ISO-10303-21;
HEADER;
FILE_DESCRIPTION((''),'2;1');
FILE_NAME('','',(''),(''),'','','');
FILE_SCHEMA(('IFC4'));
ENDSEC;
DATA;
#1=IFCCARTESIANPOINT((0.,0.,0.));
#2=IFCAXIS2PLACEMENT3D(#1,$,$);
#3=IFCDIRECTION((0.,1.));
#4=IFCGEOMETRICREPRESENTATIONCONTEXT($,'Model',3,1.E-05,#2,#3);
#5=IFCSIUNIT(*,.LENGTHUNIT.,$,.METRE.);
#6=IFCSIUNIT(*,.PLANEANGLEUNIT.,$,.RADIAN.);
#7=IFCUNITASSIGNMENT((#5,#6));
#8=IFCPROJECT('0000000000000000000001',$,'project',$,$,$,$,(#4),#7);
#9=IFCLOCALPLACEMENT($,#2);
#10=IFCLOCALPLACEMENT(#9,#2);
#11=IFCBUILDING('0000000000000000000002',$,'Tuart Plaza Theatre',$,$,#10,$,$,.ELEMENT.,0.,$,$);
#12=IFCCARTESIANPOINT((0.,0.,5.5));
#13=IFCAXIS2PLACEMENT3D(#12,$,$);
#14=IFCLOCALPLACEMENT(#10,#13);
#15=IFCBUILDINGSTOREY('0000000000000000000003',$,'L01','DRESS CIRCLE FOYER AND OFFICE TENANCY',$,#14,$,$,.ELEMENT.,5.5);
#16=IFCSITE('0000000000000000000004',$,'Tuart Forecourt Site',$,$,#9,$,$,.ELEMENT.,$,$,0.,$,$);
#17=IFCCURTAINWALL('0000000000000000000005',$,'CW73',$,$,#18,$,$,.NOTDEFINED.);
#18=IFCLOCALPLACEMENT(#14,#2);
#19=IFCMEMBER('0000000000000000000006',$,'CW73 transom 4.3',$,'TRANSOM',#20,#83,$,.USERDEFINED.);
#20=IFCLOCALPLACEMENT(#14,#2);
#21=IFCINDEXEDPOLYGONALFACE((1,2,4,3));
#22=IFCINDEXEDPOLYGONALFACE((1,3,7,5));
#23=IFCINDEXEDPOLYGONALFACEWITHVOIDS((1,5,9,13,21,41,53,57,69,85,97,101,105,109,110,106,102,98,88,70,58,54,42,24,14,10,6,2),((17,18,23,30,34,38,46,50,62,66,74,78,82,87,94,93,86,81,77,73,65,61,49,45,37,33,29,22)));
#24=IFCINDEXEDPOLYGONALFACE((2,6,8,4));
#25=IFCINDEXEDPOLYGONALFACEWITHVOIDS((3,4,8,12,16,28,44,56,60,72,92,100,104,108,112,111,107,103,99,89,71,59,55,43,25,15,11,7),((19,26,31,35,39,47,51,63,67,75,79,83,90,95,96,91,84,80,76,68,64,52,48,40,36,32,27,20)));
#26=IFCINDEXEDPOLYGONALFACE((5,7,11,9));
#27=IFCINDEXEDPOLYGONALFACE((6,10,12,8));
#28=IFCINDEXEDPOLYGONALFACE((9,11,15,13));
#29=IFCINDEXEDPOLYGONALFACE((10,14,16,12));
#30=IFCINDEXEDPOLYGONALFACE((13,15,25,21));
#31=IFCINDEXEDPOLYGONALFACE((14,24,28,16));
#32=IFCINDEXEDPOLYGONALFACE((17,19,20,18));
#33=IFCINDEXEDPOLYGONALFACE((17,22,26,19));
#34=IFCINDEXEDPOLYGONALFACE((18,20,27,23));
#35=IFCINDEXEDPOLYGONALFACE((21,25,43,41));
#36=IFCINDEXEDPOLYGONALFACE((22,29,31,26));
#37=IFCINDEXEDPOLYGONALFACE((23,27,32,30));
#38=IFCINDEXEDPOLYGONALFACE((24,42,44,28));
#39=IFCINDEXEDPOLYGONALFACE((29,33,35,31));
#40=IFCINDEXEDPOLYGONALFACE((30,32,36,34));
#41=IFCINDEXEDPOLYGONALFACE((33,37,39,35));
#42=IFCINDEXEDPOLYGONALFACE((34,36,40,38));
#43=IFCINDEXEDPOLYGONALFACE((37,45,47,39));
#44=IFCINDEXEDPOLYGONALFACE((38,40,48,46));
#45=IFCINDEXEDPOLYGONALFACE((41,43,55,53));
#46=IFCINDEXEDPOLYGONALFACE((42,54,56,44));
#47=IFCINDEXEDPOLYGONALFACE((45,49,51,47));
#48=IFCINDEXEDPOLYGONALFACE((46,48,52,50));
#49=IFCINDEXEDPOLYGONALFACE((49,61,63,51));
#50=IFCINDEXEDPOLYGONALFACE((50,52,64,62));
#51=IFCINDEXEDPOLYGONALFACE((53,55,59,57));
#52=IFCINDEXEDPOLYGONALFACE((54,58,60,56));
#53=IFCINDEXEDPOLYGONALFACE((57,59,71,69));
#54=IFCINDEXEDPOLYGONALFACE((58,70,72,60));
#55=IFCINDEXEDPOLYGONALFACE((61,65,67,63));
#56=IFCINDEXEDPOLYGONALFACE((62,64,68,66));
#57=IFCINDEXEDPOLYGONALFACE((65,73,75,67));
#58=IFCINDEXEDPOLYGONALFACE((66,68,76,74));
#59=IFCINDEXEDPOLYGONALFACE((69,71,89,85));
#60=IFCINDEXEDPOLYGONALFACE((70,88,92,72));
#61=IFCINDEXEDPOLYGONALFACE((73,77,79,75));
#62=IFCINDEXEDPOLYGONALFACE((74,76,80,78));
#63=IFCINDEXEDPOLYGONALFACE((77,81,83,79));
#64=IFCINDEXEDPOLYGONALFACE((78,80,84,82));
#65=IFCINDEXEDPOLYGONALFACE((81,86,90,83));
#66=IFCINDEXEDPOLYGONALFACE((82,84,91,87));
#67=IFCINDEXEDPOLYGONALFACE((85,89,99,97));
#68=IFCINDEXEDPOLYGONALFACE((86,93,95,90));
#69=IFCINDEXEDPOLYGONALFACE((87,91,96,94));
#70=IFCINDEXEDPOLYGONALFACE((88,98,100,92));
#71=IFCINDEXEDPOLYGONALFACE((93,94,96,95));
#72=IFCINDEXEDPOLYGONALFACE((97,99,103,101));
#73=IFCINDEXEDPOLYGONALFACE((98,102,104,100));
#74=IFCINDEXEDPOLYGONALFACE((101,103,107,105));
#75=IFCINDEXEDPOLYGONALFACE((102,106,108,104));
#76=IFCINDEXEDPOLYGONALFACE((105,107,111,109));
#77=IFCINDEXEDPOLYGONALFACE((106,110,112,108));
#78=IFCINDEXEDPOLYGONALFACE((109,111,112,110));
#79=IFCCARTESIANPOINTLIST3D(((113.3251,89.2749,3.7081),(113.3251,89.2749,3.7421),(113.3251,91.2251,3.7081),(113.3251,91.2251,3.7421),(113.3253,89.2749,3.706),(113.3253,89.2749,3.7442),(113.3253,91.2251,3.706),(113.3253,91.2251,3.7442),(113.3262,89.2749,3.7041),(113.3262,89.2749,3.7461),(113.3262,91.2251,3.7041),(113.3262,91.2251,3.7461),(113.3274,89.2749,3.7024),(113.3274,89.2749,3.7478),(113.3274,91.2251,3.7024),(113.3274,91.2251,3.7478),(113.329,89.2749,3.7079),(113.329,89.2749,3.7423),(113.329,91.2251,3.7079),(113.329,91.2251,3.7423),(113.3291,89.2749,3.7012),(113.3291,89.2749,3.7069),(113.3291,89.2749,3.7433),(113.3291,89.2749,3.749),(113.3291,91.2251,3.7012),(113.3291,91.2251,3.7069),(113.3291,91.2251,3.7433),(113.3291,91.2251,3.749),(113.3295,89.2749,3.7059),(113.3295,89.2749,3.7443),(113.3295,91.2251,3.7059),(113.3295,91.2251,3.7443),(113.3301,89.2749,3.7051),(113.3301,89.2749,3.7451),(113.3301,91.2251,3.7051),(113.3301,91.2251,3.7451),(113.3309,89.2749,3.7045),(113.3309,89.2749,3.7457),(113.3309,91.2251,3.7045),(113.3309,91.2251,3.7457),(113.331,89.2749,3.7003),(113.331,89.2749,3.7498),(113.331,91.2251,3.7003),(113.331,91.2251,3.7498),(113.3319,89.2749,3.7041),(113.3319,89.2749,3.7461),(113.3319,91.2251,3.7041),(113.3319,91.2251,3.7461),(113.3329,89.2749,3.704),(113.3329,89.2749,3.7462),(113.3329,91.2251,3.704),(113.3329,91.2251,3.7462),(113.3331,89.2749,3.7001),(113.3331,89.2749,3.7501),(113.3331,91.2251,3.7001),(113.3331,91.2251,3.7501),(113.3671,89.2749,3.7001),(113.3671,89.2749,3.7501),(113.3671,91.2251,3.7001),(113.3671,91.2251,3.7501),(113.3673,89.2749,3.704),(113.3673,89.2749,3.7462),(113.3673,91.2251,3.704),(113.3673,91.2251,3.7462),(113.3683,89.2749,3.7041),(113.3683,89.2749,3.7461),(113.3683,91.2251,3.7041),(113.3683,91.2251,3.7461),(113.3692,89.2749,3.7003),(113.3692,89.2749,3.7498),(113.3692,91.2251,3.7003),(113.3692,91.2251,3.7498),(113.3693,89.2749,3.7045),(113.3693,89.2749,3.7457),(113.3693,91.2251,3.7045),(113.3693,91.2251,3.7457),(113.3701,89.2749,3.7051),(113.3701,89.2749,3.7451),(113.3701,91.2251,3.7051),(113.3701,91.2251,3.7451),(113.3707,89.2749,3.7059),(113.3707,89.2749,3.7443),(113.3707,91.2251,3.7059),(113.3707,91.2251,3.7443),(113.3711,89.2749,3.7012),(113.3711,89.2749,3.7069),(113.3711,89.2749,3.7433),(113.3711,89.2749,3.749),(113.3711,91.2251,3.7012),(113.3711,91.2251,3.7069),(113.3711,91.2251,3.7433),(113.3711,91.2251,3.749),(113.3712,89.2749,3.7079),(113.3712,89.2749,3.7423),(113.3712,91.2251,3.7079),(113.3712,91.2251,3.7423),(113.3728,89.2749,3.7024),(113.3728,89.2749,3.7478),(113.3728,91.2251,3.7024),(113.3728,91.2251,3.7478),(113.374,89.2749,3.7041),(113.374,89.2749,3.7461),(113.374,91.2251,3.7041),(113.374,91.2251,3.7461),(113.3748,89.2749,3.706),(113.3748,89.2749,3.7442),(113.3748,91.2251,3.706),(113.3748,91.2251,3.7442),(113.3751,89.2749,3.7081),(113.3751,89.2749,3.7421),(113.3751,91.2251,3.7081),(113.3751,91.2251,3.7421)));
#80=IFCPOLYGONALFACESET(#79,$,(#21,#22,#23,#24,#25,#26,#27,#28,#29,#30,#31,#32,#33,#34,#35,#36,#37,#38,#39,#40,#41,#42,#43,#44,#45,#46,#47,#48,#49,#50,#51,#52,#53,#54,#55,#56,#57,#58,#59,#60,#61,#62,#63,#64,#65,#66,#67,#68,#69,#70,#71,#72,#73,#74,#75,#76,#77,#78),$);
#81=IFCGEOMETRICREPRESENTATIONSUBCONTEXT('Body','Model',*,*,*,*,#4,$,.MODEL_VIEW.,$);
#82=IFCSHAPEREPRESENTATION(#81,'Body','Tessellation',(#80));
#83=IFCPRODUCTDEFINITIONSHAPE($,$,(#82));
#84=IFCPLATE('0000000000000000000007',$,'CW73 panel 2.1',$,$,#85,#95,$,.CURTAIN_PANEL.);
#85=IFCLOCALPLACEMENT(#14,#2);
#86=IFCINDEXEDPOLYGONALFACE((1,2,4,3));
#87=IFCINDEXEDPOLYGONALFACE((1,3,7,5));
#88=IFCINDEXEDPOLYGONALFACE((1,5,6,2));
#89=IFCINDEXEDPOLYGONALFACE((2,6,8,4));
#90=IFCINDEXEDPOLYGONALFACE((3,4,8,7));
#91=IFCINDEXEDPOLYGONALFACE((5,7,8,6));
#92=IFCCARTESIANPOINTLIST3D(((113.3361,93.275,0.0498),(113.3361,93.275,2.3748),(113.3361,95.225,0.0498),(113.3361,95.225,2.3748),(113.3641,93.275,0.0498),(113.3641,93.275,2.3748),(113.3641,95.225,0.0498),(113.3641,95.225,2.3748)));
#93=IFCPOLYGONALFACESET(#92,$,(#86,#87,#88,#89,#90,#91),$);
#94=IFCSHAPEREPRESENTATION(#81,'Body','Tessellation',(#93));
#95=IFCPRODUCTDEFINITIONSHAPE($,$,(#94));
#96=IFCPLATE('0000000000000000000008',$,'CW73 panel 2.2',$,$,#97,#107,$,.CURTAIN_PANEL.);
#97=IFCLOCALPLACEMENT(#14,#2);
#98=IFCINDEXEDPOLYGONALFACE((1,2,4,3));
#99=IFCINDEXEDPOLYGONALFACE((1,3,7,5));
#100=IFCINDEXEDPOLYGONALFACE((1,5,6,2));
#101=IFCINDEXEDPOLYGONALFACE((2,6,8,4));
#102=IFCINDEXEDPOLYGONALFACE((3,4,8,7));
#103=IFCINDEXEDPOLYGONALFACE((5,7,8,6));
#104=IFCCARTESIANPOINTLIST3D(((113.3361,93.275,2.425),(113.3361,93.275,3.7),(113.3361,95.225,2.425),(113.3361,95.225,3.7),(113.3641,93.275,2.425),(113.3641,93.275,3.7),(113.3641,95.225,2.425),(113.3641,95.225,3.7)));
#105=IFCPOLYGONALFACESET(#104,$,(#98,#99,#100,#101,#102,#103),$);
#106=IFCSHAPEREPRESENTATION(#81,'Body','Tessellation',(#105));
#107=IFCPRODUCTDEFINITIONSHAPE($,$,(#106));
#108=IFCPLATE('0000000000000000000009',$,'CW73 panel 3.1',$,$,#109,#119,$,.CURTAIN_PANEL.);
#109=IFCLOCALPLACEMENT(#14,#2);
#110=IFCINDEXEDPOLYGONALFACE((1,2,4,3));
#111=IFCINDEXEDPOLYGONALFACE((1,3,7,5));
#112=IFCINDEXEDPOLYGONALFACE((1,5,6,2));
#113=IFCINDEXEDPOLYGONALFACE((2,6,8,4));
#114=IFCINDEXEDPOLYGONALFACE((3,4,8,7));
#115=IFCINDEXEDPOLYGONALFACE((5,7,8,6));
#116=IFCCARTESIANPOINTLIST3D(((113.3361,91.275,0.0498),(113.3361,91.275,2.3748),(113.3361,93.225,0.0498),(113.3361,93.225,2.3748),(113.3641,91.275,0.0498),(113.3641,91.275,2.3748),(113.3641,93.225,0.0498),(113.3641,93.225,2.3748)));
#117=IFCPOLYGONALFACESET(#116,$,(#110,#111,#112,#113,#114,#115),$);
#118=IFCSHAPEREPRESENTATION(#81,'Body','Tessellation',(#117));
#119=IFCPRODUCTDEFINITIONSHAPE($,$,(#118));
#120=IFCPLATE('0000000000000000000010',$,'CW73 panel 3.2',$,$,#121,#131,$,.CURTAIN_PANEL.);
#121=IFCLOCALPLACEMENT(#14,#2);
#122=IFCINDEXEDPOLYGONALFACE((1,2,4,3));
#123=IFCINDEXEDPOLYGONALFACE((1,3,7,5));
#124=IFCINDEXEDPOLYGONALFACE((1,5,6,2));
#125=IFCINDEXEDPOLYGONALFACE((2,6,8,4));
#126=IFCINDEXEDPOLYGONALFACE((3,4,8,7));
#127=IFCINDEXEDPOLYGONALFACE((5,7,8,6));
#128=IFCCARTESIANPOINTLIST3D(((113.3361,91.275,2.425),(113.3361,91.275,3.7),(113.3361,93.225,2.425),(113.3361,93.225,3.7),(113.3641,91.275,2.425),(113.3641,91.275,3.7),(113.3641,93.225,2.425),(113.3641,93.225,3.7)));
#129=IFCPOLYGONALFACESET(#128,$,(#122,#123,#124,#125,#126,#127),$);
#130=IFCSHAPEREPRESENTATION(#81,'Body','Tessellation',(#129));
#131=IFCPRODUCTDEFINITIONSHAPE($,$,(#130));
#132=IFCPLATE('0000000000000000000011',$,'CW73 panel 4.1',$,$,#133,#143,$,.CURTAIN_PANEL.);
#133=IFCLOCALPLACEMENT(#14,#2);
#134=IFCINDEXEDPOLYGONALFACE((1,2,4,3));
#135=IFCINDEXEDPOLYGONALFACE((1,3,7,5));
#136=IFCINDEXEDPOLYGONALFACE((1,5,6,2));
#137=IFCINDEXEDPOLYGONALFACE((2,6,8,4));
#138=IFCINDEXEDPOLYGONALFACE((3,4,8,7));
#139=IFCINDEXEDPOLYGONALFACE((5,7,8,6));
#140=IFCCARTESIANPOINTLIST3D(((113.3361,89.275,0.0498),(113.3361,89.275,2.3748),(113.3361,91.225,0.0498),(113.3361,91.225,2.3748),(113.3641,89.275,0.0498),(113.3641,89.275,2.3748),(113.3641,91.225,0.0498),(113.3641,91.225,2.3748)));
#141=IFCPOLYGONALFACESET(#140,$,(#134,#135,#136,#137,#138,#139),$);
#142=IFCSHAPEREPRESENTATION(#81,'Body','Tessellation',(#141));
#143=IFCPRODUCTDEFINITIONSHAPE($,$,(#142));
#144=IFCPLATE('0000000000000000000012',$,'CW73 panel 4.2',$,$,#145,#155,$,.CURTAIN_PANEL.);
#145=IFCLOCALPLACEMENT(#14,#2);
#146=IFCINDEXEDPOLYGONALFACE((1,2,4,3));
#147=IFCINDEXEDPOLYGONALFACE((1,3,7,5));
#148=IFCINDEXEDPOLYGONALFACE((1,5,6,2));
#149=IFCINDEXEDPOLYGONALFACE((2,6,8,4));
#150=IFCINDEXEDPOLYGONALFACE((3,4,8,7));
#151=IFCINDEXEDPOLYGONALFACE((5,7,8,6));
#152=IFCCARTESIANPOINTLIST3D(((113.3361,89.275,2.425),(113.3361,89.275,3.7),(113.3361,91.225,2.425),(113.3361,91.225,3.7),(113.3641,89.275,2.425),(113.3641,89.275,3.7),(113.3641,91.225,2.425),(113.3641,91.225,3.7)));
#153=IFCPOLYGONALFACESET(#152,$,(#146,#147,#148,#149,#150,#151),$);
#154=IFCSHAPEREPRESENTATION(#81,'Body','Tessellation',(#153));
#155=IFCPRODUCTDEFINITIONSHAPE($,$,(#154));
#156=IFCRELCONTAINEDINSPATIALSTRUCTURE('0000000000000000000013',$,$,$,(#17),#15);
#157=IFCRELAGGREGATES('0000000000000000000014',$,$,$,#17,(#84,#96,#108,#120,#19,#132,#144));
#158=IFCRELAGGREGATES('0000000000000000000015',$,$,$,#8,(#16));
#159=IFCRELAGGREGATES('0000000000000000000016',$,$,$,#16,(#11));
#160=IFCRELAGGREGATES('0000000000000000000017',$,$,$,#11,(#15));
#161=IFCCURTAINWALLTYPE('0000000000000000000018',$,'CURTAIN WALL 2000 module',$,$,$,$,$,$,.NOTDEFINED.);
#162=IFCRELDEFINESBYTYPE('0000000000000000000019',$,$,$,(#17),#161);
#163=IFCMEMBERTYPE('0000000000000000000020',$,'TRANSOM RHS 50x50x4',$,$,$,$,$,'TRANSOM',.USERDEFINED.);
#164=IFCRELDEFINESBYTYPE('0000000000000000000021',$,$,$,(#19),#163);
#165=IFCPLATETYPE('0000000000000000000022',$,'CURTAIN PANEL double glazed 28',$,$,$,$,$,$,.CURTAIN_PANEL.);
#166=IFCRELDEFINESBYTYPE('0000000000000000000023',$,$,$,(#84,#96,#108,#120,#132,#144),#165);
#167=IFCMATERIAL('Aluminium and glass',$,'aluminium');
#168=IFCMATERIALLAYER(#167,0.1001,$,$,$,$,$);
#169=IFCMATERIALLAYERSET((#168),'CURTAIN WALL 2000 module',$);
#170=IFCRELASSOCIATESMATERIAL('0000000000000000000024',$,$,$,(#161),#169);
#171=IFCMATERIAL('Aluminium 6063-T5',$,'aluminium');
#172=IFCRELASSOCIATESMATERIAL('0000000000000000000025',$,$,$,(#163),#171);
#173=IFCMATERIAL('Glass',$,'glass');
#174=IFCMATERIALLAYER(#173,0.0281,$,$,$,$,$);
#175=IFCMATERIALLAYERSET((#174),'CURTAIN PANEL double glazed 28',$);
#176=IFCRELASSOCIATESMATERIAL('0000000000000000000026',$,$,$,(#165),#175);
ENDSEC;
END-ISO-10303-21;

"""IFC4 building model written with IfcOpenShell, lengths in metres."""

from ifc_helpers import new_model, si_unit, direction, frame, origin, origin_2d, place, context, subcontext, project, spatial, rectangle, hollow_rectangle, extrude, material, layer, layer_set, material_profile, profile_set, type_object, element, aggregate, save


model = new_model("IFC4")

# Units and contexts
model_context = context("Model", 3, precision=1e-05, world=origin(), true_north=direction((0.0, 1.0)))
body_context = subcontext(model_context, "Body", "Model", "MODEL_VIEW")
ifc_project = project(units=[si_unit("LENGTHUNIT", "METRE"), si_unit("PLANEANGLEUNIT", "RADIAN")], contexts=[model_context])

# Site, building, storey
site_placement = place(None, origin())
site = spatial("IfcSite", under=ifc_project, at=site_placement, Name="Tuart Forecourt Site", CompositionType="ELEMENT", RefElevation=0.0)
building_placement = place(site_placement, origin())
building = spatial("IfcBuilding", under=site, at=building_placement, Name="Tuart Plaza Theatre", CompositionType="ELEMENT", ElevationOfRefHeight=0.0)
storey_placement = place(building_placement, frame((0.0, 0.0, 5.5)))
storey = spatial("IfcBuildingStorey", under=building, at=storey_placement, Name="L01", Description="DRESS CIRCLE FOYER AND OFFICE TENANCY", CompositionType="ELEMENT", Elevation=5.5)

# Curtain wall, member, plates
ifc_material_1 = material(Name="Aluminium and glass", Category="aluminium")
ifc_layer_1 = layer(ifc_material_1, 0.1001)
ifc_layer_set_1 = layer_set([ifc_layer_1], Name="CURTAIN WALL 2000 module")
curtain_wall_type = type_object("IfcCurtainWallType", Name="CURTAIN WALL 2000 module", PredefinedType="NOTDEFINED", material=ifc_layer_set_1)
curtain_wall_placement = place(storey_placement, origin())
curtain_wall = element("IfcCurtainWall", 1, at=curtain_wall_placement, inside=storey, type_object=curtain_wall_type, Name="CW73", PredefinedType="NOTDEFINED")
ifc_material_2 = material(Name="Aluminium 6063-T5", Category="aluminium")
ifc_material_profile_1 = material_profile(ifc_material_2, hollow_rectangle(XDim=0.05, YDim=0.05, WallThickness=0.0039, InnerFilletRadius=0.0039, OuterFilletRadius=0.0081, at=origin_2d()), Name="RHS 50x50x4")
ifc_profile_set_1 = profile_set([ifc_material_profile_1], Name="Aluminium 6063-T5")
member_type_1 = type_object("IfcMemberType", Name="TRANSOM RHS 50x50x4", ElementType="TRANSOM", PredefinedType="USERDEFINED", material=ifc_profile_set_1)
member_1_placement = place(storey_placement, frame((113.3501, 91.2251, 3.7251), z_axis=(0.0, -1.0, 0.0), x_axis=(1.0, 0.0, 0.0)))
member_1 = element("IfcMember", 2, at=member_1_placement, type_object=member_type_1, Name="CW73 transom 4.3", ObjectType="TRANSOM", PredefinedType="USERDEFINED", context=body_context, shape_type="SweptSolid", body=[
    extrude(hollow_rectangle(XDim=0.05, YDim=0.05, WallThickness=0.0039, InnerFilletRadius=0.0039, OuterFilletRadius=0.0081, at=origin_2d()), origin(), (0.0, 0.0, 1.0), 1.9502),
])
ifc_material_3 = material(Name="Glass", Category="glass")
ifc_layer_2 = layer(ifc_material_3, 0.0281)
ifc_layer_set_2 = layer_set([ifc_layer_2], Name="CURTAIN PANEL double glazed 28")
plate_type = type_object("IfcPlateType", Name="CURTAIN PANEL double glazed 28", PredefinedType="CURTAIN_PANEL", material=ifc_layer_set_2)
plate_1_placement = place(storey_placement, frame((113.3501, 94.25, 0.0498), z_axis=(0.0, 0.0, 1.0), x_axis=(0.0, -1.0, 0.0)))
plate_1 = element("IfcPlate", 3, at=plate_1_placement, type_object=plate_type, Name="CW73 panel 2.1", PredefinedType="CURTAIN_PANEL", context=body_context, shape_type="SweptSolid", body=[
    extrude(rectangle(XDim=1.95, YDim=0.0281, at=origin_2d()), origin(), (0.0, 0.0, 1.0), 2.325),
])
plate_2_placement = place(storey_placement, frame((113.3501, 94.25, 2.425), z_axis=(0.0, 0.0, 1.0), x_axis=(0.0, -1.0, 0.0)))
plate_2 = element("IfcPlate", 4, at=plate_2_placement, type_object=plate_type, Name="CW73 panel 2.2", PredefinedType="CURTAIN_PANEL", context=body_context, shape_type="SweptSolid", body=[
    extrude(rectangle(XDim=1.95, YDim=0.0281, at=origin_2d()), origin(), (0.0, 0.0, 1.0), 1.2749),
])
plate_3_placement = place(storey_placement, frame((113.3501, 92.25, 0.0498), z_axis=(0.0, 0.0, 1.0), x_axis=(0.0, -1.0, 0.0)))
plate_3 = element("IfcPlate", 5, at=plate_3_placement, type_object=plate_type, Name="CW73 panel 3.1", PredefinedType="CURTAIN_PANEL", context=body_context, shape_type="SweptSolid", body=[
    extrude(rectangle(XDim=1.95, YDim=0.0281, at=origin_2d()), origin(), (0.0, 0.0, 1.0), 2.325),
])
plate_4_placement = place(storey_placement, frame((113.3501, 92.25, 2.425), z_axis=(0.0, 0.0, 1.0), x_axis=(0.0, -1.0, 0.0)))
plate_4 = element("IfcPlate", 6, at=plate_4_placement, type_object=plate_type, Name="CW73 panel 3.2", PredefinedType="CURTAIN_PANEL", context=body_context, shape_type="SweptSolid", body=[
    extrude(rectangle(XDim=1.95, YDim=0.0281, at=origin_2d()), origin(), (0.0, 0.0, 1.0), 1.2749),
])
plate_5_placement = place(storey_placement, frame((113.3501, 90.25, 0.0498), z_axis=(0.0, 0.0, 1.0), x_axis=(0.0, -1.0, 0.0)))
plate_5 = element("IfcPlate", 7, at=plate_5_placement, type_object=plate_type, Name="CW73 panel 4.1", PredefinedType="CURTAIN_PANEL", context=body_context, shape_type="SweptSolid", body=[
    extrude(rectangle(XDim=1.95, YDim=0.0281, at=origin_2d()), origin(), (0.0, 0.0, 1.0), 2.325),
])
plate_6_placement = place(storey_placement, frame((113.3501, 90.25, 2.425), z_axis=(0.0, 0.0, 1.0), x_axis=(0.0, -1.0, 0.0)))
plate_6 = element("IfcPlate", 8, at=plate_6_placement, type_object=plate_type, Name="CW73 panel 4.2", PredefinedType="CURTAIN_PANEL", context=body_context, shape_type="SweptSolid", body=[
    extrude(rectangle(XDim=1.95, YDim=0.0281, at=origin_2d()), origin(), (0.0, 0.0, 1.0), 1.2749),
])
aggregate(curtain_wall, [plate_1, plate_2, plate_3, plate_4, member_1, plate_5, plate_6])

save(model, "model.ifc")
